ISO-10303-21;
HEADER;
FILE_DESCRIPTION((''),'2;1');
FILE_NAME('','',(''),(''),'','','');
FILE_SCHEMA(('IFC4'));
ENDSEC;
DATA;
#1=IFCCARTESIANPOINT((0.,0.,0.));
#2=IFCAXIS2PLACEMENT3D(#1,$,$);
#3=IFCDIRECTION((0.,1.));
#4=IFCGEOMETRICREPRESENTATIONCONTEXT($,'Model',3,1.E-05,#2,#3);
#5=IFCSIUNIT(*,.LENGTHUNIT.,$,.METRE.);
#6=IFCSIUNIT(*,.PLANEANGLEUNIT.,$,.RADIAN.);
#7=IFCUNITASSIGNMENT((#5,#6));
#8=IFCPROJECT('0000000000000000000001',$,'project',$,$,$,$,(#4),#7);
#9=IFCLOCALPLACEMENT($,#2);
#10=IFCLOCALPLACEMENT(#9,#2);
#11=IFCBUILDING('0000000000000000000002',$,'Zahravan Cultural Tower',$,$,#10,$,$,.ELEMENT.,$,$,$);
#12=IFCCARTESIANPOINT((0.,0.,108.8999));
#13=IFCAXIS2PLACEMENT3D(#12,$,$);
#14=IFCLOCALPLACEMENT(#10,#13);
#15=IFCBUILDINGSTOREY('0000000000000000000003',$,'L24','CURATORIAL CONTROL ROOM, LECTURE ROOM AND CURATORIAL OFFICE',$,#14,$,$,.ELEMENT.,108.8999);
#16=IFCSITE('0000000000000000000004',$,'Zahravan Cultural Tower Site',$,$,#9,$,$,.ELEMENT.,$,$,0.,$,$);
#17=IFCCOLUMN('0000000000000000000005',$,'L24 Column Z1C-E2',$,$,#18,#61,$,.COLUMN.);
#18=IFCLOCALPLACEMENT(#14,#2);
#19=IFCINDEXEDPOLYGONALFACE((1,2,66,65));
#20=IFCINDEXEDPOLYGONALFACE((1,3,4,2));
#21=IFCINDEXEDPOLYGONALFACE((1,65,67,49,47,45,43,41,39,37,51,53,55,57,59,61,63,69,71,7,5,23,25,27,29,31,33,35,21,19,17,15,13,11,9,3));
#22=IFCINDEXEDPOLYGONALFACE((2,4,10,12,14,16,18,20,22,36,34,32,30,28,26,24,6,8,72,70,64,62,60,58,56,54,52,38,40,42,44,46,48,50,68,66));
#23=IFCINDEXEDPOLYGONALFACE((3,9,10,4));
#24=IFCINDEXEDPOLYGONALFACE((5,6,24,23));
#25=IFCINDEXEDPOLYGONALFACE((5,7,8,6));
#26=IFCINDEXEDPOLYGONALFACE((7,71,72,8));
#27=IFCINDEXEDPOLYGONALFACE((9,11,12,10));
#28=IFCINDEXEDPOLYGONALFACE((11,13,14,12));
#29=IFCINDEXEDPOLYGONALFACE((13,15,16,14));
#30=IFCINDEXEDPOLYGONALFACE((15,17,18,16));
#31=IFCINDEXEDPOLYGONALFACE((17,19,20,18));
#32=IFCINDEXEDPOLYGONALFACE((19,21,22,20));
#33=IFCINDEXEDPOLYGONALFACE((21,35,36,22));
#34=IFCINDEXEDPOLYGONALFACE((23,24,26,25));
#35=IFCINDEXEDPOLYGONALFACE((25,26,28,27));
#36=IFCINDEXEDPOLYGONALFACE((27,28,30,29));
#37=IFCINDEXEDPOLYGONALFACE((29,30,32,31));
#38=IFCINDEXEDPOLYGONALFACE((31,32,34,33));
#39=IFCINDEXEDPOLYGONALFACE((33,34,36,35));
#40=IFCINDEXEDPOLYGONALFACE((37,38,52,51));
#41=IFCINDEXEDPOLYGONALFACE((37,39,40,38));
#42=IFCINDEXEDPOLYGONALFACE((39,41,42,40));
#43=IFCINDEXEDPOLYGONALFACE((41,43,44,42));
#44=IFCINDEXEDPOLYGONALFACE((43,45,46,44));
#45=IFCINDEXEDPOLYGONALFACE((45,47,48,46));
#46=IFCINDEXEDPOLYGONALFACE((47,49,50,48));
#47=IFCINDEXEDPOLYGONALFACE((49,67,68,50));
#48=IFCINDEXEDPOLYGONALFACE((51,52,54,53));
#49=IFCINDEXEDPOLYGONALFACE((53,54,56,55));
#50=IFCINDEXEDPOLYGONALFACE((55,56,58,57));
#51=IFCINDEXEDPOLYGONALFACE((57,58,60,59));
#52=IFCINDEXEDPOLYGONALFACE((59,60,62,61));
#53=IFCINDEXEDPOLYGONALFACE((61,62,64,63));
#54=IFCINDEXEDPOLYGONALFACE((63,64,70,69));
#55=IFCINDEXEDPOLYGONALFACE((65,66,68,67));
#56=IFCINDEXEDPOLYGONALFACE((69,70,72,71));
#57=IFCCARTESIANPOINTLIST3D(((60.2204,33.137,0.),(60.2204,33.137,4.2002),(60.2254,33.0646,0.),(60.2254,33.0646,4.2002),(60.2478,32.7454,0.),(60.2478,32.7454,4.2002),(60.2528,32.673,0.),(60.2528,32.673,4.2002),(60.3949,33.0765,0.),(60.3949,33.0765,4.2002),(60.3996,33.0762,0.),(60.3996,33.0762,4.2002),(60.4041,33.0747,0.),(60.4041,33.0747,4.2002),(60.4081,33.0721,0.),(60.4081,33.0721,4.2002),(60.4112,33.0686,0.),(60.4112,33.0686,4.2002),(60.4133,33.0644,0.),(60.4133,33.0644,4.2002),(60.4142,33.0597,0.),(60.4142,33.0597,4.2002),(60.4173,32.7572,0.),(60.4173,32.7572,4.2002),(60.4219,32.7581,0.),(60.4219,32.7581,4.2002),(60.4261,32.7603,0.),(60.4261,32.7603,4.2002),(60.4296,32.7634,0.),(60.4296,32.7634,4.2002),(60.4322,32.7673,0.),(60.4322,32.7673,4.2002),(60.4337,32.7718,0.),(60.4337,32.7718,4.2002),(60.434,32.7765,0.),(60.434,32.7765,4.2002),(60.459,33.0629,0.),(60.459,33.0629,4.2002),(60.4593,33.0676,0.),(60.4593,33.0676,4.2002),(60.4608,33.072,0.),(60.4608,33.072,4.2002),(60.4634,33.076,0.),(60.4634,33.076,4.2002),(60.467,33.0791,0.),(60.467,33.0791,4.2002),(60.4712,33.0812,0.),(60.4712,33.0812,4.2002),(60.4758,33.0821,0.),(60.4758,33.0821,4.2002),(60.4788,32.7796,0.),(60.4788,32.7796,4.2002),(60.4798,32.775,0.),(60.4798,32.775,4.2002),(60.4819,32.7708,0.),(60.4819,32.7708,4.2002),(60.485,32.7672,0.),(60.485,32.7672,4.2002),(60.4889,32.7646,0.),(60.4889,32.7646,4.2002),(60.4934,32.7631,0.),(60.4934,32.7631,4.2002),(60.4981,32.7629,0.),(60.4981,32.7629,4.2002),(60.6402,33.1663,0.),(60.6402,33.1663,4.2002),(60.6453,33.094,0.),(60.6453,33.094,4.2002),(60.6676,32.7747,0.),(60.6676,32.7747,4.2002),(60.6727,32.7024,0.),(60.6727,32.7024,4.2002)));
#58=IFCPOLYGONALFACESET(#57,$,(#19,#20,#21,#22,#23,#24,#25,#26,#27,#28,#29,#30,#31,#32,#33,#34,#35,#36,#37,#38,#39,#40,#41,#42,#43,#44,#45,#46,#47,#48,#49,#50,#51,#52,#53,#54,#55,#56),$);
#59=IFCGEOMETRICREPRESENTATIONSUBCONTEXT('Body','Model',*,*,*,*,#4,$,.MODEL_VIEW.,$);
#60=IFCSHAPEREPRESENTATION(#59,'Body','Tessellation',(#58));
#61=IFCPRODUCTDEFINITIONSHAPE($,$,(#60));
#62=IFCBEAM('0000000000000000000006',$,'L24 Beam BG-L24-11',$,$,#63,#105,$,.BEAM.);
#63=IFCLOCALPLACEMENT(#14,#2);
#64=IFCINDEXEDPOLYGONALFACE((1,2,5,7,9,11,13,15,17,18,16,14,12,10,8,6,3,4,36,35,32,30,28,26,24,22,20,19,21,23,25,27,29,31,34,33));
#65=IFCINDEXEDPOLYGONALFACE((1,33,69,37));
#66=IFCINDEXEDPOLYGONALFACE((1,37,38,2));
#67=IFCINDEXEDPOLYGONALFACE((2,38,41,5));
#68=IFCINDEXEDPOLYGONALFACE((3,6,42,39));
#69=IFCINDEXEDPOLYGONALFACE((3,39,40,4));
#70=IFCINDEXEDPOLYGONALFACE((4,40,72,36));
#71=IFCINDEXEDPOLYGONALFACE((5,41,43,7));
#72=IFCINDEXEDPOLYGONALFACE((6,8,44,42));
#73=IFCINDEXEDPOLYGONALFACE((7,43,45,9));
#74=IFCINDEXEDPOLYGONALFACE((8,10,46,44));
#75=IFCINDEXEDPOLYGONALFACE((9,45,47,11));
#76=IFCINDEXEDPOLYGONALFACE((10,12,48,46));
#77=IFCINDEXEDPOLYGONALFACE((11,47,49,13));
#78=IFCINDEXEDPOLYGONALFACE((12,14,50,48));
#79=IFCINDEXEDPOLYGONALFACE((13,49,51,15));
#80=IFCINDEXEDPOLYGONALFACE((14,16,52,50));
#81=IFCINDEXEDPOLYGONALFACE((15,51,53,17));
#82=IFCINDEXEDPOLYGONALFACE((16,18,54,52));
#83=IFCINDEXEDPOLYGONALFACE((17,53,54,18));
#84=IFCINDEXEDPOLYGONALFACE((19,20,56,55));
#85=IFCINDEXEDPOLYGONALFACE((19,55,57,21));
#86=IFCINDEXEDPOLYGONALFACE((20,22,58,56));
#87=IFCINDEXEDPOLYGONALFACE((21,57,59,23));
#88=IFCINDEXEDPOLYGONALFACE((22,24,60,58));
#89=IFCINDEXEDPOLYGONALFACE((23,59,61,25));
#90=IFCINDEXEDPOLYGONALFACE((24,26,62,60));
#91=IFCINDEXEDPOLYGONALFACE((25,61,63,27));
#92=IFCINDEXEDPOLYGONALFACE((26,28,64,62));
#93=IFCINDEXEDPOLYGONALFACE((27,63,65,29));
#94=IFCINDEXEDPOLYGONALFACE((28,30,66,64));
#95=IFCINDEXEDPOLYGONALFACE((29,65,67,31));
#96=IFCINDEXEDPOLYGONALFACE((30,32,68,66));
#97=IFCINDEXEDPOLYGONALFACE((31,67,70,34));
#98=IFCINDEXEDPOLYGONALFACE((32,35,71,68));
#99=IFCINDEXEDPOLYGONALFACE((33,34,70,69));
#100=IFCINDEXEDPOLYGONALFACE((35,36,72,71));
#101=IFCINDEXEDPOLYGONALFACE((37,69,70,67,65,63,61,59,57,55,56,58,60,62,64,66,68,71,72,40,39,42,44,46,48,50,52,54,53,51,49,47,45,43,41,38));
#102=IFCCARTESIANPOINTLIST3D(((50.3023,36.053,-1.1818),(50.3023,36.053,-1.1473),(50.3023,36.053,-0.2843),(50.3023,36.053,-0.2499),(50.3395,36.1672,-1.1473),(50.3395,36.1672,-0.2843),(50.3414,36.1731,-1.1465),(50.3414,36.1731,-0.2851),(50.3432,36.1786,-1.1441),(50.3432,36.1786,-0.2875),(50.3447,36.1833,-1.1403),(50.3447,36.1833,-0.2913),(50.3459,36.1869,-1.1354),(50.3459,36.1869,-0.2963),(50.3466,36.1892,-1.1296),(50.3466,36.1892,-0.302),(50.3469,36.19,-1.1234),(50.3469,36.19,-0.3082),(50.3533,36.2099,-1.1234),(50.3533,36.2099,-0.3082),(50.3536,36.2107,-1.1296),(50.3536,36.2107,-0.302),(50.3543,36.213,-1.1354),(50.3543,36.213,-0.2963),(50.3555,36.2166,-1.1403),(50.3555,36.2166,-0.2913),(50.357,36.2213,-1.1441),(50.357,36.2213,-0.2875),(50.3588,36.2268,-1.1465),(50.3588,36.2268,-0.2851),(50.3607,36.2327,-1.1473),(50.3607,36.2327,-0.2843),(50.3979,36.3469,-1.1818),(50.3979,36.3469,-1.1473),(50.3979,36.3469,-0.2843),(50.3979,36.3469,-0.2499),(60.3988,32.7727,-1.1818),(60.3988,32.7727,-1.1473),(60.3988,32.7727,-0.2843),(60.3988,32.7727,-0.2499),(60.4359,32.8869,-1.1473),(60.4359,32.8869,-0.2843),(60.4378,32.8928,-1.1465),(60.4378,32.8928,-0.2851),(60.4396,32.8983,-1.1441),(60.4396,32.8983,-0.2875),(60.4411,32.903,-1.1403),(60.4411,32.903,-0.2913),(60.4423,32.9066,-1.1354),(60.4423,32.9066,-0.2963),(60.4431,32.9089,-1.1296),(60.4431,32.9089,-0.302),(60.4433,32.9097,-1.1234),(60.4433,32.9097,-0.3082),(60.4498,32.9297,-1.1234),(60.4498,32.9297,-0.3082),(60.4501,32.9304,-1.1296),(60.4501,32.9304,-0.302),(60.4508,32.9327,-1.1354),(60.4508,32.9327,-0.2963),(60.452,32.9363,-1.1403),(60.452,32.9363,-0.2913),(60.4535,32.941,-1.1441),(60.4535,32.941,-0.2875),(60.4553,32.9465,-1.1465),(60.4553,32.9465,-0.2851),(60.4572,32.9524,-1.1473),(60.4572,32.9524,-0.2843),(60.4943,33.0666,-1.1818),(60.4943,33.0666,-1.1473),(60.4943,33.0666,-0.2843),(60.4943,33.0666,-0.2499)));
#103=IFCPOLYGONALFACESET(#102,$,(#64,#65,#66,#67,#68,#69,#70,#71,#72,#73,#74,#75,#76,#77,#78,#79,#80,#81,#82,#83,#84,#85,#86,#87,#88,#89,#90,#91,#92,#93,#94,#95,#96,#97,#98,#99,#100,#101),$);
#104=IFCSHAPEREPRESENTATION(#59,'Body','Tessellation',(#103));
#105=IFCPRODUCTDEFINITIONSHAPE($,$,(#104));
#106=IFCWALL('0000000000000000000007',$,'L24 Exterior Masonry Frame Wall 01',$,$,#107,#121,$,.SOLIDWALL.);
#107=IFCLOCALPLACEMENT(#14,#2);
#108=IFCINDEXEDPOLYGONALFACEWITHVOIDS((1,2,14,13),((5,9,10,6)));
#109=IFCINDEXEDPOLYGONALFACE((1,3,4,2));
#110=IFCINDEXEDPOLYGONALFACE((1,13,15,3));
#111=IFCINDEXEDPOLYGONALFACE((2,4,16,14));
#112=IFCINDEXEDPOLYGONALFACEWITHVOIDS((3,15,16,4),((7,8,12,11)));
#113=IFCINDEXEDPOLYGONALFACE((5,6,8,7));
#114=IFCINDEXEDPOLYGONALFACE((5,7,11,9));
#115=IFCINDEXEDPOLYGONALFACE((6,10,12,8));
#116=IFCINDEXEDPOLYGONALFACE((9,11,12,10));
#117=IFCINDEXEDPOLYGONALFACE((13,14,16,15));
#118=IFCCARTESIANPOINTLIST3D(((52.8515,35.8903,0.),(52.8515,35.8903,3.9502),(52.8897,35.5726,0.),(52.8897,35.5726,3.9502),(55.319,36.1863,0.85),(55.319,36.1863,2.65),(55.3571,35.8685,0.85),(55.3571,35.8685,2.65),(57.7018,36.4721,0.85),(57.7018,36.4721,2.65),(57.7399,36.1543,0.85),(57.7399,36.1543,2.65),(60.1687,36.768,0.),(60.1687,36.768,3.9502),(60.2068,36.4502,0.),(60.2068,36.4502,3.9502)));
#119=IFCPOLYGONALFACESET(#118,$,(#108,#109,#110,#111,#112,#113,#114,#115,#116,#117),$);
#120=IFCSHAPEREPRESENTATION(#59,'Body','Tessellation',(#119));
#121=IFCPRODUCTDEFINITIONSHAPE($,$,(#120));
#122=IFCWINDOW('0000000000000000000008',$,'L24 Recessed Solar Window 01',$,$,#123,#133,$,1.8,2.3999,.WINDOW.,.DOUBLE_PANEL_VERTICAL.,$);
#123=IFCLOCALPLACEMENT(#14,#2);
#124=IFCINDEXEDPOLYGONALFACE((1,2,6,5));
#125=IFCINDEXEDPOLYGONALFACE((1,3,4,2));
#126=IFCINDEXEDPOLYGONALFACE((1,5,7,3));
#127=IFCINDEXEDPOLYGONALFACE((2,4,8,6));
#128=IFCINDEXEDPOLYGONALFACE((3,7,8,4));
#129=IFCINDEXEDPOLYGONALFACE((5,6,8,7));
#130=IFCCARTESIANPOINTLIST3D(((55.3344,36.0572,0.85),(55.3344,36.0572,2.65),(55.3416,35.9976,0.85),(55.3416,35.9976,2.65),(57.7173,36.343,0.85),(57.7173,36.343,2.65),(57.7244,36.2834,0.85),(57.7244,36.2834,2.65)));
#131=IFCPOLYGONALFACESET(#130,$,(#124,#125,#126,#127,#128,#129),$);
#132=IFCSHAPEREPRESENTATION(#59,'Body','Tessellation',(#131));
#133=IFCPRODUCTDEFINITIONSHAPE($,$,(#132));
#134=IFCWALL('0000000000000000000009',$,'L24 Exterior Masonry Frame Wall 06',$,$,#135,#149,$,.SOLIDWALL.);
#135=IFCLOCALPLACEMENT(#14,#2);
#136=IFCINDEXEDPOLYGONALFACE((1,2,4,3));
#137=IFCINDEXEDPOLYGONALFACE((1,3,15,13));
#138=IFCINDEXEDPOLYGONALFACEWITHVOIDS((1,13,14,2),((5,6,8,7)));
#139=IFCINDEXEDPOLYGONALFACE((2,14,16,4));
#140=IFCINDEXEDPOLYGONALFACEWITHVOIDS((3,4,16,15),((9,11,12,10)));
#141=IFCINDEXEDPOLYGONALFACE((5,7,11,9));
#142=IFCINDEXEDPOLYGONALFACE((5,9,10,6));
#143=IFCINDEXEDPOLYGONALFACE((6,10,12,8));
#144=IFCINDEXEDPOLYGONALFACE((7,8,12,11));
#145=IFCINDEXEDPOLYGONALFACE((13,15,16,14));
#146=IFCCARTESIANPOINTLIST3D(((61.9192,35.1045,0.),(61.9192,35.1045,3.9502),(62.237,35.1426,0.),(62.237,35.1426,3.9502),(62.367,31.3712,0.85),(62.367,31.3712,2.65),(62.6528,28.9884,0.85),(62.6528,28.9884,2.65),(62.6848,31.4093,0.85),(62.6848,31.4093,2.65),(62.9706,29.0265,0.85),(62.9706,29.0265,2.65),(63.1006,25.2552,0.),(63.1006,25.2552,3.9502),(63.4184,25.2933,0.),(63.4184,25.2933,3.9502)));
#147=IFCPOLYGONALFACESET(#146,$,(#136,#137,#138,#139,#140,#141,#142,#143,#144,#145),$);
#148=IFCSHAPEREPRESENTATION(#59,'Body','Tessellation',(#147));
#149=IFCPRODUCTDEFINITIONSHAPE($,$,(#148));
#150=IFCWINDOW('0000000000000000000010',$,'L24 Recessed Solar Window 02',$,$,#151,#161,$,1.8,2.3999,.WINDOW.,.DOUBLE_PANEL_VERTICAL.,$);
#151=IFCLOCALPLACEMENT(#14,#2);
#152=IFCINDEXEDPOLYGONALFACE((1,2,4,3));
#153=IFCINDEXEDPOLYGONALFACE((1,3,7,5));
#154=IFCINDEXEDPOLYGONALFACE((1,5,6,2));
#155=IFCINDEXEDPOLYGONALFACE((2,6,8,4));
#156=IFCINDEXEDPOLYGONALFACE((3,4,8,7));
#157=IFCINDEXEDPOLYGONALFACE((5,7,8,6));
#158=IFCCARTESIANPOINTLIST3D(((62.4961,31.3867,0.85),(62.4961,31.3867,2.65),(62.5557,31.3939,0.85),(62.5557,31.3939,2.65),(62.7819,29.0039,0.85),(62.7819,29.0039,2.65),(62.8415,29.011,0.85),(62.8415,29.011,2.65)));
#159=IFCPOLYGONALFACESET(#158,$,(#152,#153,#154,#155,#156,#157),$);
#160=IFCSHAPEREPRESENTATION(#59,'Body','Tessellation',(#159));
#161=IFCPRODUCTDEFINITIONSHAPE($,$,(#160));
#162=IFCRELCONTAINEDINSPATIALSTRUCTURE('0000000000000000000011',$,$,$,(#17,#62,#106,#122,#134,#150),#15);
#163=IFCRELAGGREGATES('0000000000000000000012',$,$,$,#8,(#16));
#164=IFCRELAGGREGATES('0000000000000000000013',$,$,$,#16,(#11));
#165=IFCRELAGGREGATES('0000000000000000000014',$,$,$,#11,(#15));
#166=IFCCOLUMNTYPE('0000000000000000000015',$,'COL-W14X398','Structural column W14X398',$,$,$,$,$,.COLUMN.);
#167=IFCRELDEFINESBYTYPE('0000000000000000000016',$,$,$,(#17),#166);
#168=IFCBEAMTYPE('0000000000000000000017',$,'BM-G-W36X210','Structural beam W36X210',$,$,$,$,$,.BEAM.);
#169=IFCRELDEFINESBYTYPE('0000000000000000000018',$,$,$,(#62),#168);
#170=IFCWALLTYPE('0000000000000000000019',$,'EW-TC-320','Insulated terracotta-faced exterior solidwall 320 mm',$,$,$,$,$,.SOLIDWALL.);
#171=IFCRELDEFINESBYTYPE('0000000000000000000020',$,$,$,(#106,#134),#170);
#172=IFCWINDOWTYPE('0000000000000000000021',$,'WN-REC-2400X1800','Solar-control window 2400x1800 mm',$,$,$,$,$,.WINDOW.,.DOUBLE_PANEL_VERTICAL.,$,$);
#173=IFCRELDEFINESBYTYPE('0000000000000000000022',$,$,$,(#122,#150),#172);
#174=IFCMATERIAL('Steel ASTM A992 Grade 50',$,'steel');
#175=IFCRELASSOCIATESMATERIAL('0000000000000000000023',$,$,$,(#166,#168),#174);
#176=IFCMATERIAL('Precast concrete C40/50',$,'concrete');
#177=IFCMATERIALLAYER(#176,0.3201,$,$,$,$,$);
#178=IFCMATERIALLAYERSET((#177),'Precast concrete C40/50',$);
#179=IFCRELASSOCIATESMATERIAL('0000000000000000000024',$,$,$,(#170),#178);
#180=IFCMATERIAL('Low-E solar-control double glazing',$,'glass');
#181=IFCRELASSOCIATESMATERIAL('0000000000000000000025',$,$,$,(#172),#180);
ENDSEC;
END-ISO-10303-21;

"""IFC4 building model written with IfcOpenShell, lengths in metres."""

from ifc_helpers import new_model, si_unit, direction, frame, frame_2d, origin, origin_2d, place, context, subcontext, project, spatial, rectangle, i_section, extrude, source, transform, mapped, material, layer, layer_set, material_profile, profile_set, type_object, element, fill, save


model = new_model("IFC4")

# Units and contexts
model_context = context("Model", 3, precision=1e-05, world=origin(), true_north=direction((0.0, 1.0)))
body_context = subcontext(model_context, "Body", "Model", "MODEL_VIEW")
ifc_project = project(units=[si_unit("LENGTHUNIT", "METRE"), si_unit("PLANEANGLEUNIT", "RADIAN")], contexts=[model_context])

# Site, building, storey
site_placement = place(None, origin())
site = spatial("IfcSite", under=ifc_project, at=site_placement, Name="Zahravan Cultural Tower Site", CompositionType="ELEMENT", RefElevation=0.0)
building_placement = place(site_placement, origin())
building = spatial("IfcBuilding", under=site, at=building_placement, Name="Zahravan Cultural Tower", CompositionType="ELEMENT")
storey_placement = place(building_placement, frame((0.0, 0.0, 108.8999)))
storey = spatial("IfcBuildingStorey", under=building, at=storey_placement, Name="L24", Description="CURATORIAL CONTROL ROOM, LECTURE ROOM AND CURATORIAL OFFICE", CompositionType="ELEMENT", Elevation=108.8999)

# Column
ifc_material_1 = material(Name="Steel ASTM A992 Grade 50", Category="steel")
ifc_material_profile_1 = material_profile(ifc_material_1, i_section(OverallWidth=0.4209, OverallDepth=0.4651, WebThickness=0.0449, FlangeThickness=0.0725, FilletRadius=0.0181, at=origin_2d()), Name="W14X398")
ifc_profile_set_1 = profile_set([ifc_material_profile_1], Name="Steel ASTM A992 Grade 50")
column_type = type_object("IfcColumnType", Name="COL-W14X398", Description="Structural column W14X398", PredefinedType="COLUMN", material=ifc_profile_set_1)
shared_shape_1 = source(origin(), body_context, "Body", "SweptSolid", [
    extrude(i_section(OverallWidth=0.4209, OverallDepth=0.4651, WebThickness=0.0449, FlangeThickness=0.0725, FilletRadius=0.0181, at=origin_2d()), origin(), (0.0, 0.0, 1.0), 4.2002),
])
column_placement = place(storey_placement, frame((60.4465, 32.9197, 0.0), z_axis=(0.0, 0.0, 1.0), x_axis=(0.997564, 0.069756, 0.0)))
element("IfcColumn", 1, at=column_placement, inside=storey, type_object=column_type, Name="L24 Column Z1C-E2", PredefinedType="COLUMN", context=body_context, shape_type="MappedRepresentation", body=[
    mapped(shared_shape_1, transform((0.0, 0.0, 0.0), x_axis=(1.0, 0.0, 0.0), y_axis=(0.0, 1.0, 0.0), z_axis=(0.0, 0.0, 1.0), scale=1.0)),
])

# Beam
ifc_material_profile_2 = material_profile(ifc_material_1, i_section(OverallWidth=0.3091, OverallDepth=0.9319, WebThickness=0.021, FlangeThickness=0.0344, FilletRadius=0.0239, at=origin_2d()), Name="W36X210")
ifc_profile_set_2 = profile_set([ifc_material_profile_2], Name="Steel ASTM A992 Grade 50")
beam_type = type_object("IfcBeamType", Name="BM-G-W36X210", Description="Structural beam W36X210", PredefinedType="BEAM", material=ifc_profile_set_2)
shared_shape_2 = source(origin(), body_context, "Body", "SweptSolid", [
    extrude(i_section(OverallWidth=0.3091, OverallDepth=0.9319, WebThickness=0.021, FlangeThickness=0.0344, FilletRadius=0.0239, at=origin_2d()), origin(), (0.0, 0.0, 1.0), 10.616),
])
beam_placement = place(storey_placement, frame((50.3501, 36.2, -0.7158), z_axis=(0.951064, -0.308995, 0.0), x_axis=(0.308995, 0.951064, 0.0)))
element("IfcBeam", 2, at=beam_placement, inside=storey, type_object=beam_type, Name="L24 Beam BG-L24-11", PredefinedType="BEAM", context=body_context, shape_type="MappedRepresentation", body=[
    mapped(shared_shape_2, transform((0.0, 0.0, 0.0), x_axis=(1.0, 0.0, 0.0), y_axis=(0.0, 1.0, 0.0), z_axis=(0.0, 0.0, 1.0), scale=1.0)),
])

# Walls, openings, windows
ifc_material_2 = material(Name="Precast concrete C40/50", Category="concrete")
ifc_layer_1 = layer(ifc_material_2, 0.3201)
ifc_layer_set_1 = layer_set([ifc_layer_1], Name="Precast concrete C40/50")
wall_type_1 = type_object("IfcWallType", Name="EW-TC-320", Description="Insulated terracotta-faced exterior solidwall 320 mm", PredefinedType="SOLIDWALL", material=ifc_layer_set_1)
wall_1_placement = place(storey_placement, frame((52.8706, 35.7314, 0.0), z_axis=(0.0, 0.0, 1.0), x_axis=(0.992883, 0.119096, 0.0)))
wall_1 = element("IfcWall", 3, at=wall_1_placement, inside=storey, type_object=wall_type_1, Name="L24 Exterior Masonry Frame Wall 01", PredefinedType="SOLIDWALL", context=body_context, shape_type="SweptSolid", body=[
    extrude(rectangle(XDim=7.3696, YDim=0.3201, at=frame_2d((3.6848, 0.0))), origin(), (0.0, 0.0, 1.0), 3.9502),
])
opening_1_placement = place(wall_1_placement, frame((2.4851, 0.0, 0.8501)))
opening_1 = element("IfcOpeningElement", 4, at=opening_1_placement, cuts=wall_1, PredefinedType="OPENING", context=body_context, shape_type="SweptSolid", body=[
    extrude(rectangle(XDim=2.3999, YDim=1.8, at=frame_2d((1.2, 0.8999))), frame((0.0, 0.1699, 0.0), z_axis=(0.0, -1.0, 0.0), x_axis=(1.0, 0.0, 0.0)), (0.0, 0.0, 1.0), 0.3401),
])
ifc_material_3 = material(Name="Low-E solar-control double glazing", Category="glass")
window_type = type_object("IfcWindowType", Name="WN-REC-2400X1800", Description="Solar-control window 2400x1800 mm", PartitioningType="DOUBLE_PANEL_VERTICAL", PredefinedType="WINDOW", material=ifc_material_3)
shared_shape_3 = source(origin(), body_context, "Body", "SweptSolid", [
    extrude(rectangle(XDim=2.3999, YDim=1.8, at=frame_2d((1.2, 0.8999))), frame((0.0, 0.03, 0.0), z_axis=(0.0, -1.0, 0.0), x_axis=(1.0, 0.0, 0.0)), (0.0, 0.0, 1.0), 0.0601),
])
window_1_placement = place(opening_1_placement, origin())
window_1 = element("IfcWindow", 5, at=window_1_placement, inside=storey, type_object=window_type, Name="L24 Recessed Solar Window 01", OverallHeight=1.8, OverallWidth=2.3999, PartitioningType="DOUBLE_PANEL_VERTICAL", PredefinedType="WINDOW", context=body_context, shape_type="MappedRepresentation", body=[
    mapped(shared_shape_3, transform((0.0, 0.0, 0.0), x_axis=(1.0, 0.0, 0.0), y_axis=(0.0, 1.0, 0.0), z_axis=(0.0, 0.0, 1.0), scale=1.0)),
])
fill(opening_1, window_1)
wall_2_placement = place(storey_placement, frame((62.0781, 35.1235, 0.0), z_axis=(0.0, 0.0, 1.0), x_axis=(0.119093, -0.992883, 0.0)))
wall_2 = element("IfcWall", 6, at=wall_2_placement, inside=storey, type_object=wall_type_1, Name="L24 Exterior Masonry Frame Wall 06", PredefinedType="SOLIDWALL", context=body_context, shape_type="SweptSolid", body=[
    extrude(rectangle(XDim=9.9199, YDim=0.3201, at=frame_2d((4.96, 0.0))), origin(), (0.0, 0.0, 1.0), 3.9502),
])
opening_2_placement = place(wall_2_placement, frame((3.76, 0.0, 0.8501)))
opening_2 = element("IfcOpeningElement", 7, at=opening_2_placement, cuts=wall_2, PredefinedType="OPENING", context=body_context, shape_type="SweptSolid", body=[
    extrude(rectangle(XDim=2.3999, YDim=1.8, at=frame_2d((1.2, 0.8999))), frame((0.0, 0.1699, 0.0), z_axis=(0.0, -1.0, 0.0), x_axis=(1.0, 0.0, 0.0)), (0.0, 0.0, 1.0), 0.3401),
])
window_2_placement = place(opening_2_placement, origin())
window_2 = element("IfcWindow", 8, at=window_2_placement, inside=storey, type_object=window_type, Name="L24 Recessed Solar Window 02", OverallHeight=1.8, OverallWidth=2.3999, PartitioningType="DOUBLE_PANEL_VERTICAL", PredefinedType="WINDOW", context=body_context, shape_type="MappedRepresentation", body=[
    mapped(shared_shape_3, transform((0.0, 0.0, 0.0), x_axis=(1.0, 0.0, 0.0), y_axis=(0.0, 1.0, 0.0), z_axis=(0.0, 0.0, 1.0), scale=1.0)),
])
fill(opening_2, window_2)

save(model, "model.ifc")
